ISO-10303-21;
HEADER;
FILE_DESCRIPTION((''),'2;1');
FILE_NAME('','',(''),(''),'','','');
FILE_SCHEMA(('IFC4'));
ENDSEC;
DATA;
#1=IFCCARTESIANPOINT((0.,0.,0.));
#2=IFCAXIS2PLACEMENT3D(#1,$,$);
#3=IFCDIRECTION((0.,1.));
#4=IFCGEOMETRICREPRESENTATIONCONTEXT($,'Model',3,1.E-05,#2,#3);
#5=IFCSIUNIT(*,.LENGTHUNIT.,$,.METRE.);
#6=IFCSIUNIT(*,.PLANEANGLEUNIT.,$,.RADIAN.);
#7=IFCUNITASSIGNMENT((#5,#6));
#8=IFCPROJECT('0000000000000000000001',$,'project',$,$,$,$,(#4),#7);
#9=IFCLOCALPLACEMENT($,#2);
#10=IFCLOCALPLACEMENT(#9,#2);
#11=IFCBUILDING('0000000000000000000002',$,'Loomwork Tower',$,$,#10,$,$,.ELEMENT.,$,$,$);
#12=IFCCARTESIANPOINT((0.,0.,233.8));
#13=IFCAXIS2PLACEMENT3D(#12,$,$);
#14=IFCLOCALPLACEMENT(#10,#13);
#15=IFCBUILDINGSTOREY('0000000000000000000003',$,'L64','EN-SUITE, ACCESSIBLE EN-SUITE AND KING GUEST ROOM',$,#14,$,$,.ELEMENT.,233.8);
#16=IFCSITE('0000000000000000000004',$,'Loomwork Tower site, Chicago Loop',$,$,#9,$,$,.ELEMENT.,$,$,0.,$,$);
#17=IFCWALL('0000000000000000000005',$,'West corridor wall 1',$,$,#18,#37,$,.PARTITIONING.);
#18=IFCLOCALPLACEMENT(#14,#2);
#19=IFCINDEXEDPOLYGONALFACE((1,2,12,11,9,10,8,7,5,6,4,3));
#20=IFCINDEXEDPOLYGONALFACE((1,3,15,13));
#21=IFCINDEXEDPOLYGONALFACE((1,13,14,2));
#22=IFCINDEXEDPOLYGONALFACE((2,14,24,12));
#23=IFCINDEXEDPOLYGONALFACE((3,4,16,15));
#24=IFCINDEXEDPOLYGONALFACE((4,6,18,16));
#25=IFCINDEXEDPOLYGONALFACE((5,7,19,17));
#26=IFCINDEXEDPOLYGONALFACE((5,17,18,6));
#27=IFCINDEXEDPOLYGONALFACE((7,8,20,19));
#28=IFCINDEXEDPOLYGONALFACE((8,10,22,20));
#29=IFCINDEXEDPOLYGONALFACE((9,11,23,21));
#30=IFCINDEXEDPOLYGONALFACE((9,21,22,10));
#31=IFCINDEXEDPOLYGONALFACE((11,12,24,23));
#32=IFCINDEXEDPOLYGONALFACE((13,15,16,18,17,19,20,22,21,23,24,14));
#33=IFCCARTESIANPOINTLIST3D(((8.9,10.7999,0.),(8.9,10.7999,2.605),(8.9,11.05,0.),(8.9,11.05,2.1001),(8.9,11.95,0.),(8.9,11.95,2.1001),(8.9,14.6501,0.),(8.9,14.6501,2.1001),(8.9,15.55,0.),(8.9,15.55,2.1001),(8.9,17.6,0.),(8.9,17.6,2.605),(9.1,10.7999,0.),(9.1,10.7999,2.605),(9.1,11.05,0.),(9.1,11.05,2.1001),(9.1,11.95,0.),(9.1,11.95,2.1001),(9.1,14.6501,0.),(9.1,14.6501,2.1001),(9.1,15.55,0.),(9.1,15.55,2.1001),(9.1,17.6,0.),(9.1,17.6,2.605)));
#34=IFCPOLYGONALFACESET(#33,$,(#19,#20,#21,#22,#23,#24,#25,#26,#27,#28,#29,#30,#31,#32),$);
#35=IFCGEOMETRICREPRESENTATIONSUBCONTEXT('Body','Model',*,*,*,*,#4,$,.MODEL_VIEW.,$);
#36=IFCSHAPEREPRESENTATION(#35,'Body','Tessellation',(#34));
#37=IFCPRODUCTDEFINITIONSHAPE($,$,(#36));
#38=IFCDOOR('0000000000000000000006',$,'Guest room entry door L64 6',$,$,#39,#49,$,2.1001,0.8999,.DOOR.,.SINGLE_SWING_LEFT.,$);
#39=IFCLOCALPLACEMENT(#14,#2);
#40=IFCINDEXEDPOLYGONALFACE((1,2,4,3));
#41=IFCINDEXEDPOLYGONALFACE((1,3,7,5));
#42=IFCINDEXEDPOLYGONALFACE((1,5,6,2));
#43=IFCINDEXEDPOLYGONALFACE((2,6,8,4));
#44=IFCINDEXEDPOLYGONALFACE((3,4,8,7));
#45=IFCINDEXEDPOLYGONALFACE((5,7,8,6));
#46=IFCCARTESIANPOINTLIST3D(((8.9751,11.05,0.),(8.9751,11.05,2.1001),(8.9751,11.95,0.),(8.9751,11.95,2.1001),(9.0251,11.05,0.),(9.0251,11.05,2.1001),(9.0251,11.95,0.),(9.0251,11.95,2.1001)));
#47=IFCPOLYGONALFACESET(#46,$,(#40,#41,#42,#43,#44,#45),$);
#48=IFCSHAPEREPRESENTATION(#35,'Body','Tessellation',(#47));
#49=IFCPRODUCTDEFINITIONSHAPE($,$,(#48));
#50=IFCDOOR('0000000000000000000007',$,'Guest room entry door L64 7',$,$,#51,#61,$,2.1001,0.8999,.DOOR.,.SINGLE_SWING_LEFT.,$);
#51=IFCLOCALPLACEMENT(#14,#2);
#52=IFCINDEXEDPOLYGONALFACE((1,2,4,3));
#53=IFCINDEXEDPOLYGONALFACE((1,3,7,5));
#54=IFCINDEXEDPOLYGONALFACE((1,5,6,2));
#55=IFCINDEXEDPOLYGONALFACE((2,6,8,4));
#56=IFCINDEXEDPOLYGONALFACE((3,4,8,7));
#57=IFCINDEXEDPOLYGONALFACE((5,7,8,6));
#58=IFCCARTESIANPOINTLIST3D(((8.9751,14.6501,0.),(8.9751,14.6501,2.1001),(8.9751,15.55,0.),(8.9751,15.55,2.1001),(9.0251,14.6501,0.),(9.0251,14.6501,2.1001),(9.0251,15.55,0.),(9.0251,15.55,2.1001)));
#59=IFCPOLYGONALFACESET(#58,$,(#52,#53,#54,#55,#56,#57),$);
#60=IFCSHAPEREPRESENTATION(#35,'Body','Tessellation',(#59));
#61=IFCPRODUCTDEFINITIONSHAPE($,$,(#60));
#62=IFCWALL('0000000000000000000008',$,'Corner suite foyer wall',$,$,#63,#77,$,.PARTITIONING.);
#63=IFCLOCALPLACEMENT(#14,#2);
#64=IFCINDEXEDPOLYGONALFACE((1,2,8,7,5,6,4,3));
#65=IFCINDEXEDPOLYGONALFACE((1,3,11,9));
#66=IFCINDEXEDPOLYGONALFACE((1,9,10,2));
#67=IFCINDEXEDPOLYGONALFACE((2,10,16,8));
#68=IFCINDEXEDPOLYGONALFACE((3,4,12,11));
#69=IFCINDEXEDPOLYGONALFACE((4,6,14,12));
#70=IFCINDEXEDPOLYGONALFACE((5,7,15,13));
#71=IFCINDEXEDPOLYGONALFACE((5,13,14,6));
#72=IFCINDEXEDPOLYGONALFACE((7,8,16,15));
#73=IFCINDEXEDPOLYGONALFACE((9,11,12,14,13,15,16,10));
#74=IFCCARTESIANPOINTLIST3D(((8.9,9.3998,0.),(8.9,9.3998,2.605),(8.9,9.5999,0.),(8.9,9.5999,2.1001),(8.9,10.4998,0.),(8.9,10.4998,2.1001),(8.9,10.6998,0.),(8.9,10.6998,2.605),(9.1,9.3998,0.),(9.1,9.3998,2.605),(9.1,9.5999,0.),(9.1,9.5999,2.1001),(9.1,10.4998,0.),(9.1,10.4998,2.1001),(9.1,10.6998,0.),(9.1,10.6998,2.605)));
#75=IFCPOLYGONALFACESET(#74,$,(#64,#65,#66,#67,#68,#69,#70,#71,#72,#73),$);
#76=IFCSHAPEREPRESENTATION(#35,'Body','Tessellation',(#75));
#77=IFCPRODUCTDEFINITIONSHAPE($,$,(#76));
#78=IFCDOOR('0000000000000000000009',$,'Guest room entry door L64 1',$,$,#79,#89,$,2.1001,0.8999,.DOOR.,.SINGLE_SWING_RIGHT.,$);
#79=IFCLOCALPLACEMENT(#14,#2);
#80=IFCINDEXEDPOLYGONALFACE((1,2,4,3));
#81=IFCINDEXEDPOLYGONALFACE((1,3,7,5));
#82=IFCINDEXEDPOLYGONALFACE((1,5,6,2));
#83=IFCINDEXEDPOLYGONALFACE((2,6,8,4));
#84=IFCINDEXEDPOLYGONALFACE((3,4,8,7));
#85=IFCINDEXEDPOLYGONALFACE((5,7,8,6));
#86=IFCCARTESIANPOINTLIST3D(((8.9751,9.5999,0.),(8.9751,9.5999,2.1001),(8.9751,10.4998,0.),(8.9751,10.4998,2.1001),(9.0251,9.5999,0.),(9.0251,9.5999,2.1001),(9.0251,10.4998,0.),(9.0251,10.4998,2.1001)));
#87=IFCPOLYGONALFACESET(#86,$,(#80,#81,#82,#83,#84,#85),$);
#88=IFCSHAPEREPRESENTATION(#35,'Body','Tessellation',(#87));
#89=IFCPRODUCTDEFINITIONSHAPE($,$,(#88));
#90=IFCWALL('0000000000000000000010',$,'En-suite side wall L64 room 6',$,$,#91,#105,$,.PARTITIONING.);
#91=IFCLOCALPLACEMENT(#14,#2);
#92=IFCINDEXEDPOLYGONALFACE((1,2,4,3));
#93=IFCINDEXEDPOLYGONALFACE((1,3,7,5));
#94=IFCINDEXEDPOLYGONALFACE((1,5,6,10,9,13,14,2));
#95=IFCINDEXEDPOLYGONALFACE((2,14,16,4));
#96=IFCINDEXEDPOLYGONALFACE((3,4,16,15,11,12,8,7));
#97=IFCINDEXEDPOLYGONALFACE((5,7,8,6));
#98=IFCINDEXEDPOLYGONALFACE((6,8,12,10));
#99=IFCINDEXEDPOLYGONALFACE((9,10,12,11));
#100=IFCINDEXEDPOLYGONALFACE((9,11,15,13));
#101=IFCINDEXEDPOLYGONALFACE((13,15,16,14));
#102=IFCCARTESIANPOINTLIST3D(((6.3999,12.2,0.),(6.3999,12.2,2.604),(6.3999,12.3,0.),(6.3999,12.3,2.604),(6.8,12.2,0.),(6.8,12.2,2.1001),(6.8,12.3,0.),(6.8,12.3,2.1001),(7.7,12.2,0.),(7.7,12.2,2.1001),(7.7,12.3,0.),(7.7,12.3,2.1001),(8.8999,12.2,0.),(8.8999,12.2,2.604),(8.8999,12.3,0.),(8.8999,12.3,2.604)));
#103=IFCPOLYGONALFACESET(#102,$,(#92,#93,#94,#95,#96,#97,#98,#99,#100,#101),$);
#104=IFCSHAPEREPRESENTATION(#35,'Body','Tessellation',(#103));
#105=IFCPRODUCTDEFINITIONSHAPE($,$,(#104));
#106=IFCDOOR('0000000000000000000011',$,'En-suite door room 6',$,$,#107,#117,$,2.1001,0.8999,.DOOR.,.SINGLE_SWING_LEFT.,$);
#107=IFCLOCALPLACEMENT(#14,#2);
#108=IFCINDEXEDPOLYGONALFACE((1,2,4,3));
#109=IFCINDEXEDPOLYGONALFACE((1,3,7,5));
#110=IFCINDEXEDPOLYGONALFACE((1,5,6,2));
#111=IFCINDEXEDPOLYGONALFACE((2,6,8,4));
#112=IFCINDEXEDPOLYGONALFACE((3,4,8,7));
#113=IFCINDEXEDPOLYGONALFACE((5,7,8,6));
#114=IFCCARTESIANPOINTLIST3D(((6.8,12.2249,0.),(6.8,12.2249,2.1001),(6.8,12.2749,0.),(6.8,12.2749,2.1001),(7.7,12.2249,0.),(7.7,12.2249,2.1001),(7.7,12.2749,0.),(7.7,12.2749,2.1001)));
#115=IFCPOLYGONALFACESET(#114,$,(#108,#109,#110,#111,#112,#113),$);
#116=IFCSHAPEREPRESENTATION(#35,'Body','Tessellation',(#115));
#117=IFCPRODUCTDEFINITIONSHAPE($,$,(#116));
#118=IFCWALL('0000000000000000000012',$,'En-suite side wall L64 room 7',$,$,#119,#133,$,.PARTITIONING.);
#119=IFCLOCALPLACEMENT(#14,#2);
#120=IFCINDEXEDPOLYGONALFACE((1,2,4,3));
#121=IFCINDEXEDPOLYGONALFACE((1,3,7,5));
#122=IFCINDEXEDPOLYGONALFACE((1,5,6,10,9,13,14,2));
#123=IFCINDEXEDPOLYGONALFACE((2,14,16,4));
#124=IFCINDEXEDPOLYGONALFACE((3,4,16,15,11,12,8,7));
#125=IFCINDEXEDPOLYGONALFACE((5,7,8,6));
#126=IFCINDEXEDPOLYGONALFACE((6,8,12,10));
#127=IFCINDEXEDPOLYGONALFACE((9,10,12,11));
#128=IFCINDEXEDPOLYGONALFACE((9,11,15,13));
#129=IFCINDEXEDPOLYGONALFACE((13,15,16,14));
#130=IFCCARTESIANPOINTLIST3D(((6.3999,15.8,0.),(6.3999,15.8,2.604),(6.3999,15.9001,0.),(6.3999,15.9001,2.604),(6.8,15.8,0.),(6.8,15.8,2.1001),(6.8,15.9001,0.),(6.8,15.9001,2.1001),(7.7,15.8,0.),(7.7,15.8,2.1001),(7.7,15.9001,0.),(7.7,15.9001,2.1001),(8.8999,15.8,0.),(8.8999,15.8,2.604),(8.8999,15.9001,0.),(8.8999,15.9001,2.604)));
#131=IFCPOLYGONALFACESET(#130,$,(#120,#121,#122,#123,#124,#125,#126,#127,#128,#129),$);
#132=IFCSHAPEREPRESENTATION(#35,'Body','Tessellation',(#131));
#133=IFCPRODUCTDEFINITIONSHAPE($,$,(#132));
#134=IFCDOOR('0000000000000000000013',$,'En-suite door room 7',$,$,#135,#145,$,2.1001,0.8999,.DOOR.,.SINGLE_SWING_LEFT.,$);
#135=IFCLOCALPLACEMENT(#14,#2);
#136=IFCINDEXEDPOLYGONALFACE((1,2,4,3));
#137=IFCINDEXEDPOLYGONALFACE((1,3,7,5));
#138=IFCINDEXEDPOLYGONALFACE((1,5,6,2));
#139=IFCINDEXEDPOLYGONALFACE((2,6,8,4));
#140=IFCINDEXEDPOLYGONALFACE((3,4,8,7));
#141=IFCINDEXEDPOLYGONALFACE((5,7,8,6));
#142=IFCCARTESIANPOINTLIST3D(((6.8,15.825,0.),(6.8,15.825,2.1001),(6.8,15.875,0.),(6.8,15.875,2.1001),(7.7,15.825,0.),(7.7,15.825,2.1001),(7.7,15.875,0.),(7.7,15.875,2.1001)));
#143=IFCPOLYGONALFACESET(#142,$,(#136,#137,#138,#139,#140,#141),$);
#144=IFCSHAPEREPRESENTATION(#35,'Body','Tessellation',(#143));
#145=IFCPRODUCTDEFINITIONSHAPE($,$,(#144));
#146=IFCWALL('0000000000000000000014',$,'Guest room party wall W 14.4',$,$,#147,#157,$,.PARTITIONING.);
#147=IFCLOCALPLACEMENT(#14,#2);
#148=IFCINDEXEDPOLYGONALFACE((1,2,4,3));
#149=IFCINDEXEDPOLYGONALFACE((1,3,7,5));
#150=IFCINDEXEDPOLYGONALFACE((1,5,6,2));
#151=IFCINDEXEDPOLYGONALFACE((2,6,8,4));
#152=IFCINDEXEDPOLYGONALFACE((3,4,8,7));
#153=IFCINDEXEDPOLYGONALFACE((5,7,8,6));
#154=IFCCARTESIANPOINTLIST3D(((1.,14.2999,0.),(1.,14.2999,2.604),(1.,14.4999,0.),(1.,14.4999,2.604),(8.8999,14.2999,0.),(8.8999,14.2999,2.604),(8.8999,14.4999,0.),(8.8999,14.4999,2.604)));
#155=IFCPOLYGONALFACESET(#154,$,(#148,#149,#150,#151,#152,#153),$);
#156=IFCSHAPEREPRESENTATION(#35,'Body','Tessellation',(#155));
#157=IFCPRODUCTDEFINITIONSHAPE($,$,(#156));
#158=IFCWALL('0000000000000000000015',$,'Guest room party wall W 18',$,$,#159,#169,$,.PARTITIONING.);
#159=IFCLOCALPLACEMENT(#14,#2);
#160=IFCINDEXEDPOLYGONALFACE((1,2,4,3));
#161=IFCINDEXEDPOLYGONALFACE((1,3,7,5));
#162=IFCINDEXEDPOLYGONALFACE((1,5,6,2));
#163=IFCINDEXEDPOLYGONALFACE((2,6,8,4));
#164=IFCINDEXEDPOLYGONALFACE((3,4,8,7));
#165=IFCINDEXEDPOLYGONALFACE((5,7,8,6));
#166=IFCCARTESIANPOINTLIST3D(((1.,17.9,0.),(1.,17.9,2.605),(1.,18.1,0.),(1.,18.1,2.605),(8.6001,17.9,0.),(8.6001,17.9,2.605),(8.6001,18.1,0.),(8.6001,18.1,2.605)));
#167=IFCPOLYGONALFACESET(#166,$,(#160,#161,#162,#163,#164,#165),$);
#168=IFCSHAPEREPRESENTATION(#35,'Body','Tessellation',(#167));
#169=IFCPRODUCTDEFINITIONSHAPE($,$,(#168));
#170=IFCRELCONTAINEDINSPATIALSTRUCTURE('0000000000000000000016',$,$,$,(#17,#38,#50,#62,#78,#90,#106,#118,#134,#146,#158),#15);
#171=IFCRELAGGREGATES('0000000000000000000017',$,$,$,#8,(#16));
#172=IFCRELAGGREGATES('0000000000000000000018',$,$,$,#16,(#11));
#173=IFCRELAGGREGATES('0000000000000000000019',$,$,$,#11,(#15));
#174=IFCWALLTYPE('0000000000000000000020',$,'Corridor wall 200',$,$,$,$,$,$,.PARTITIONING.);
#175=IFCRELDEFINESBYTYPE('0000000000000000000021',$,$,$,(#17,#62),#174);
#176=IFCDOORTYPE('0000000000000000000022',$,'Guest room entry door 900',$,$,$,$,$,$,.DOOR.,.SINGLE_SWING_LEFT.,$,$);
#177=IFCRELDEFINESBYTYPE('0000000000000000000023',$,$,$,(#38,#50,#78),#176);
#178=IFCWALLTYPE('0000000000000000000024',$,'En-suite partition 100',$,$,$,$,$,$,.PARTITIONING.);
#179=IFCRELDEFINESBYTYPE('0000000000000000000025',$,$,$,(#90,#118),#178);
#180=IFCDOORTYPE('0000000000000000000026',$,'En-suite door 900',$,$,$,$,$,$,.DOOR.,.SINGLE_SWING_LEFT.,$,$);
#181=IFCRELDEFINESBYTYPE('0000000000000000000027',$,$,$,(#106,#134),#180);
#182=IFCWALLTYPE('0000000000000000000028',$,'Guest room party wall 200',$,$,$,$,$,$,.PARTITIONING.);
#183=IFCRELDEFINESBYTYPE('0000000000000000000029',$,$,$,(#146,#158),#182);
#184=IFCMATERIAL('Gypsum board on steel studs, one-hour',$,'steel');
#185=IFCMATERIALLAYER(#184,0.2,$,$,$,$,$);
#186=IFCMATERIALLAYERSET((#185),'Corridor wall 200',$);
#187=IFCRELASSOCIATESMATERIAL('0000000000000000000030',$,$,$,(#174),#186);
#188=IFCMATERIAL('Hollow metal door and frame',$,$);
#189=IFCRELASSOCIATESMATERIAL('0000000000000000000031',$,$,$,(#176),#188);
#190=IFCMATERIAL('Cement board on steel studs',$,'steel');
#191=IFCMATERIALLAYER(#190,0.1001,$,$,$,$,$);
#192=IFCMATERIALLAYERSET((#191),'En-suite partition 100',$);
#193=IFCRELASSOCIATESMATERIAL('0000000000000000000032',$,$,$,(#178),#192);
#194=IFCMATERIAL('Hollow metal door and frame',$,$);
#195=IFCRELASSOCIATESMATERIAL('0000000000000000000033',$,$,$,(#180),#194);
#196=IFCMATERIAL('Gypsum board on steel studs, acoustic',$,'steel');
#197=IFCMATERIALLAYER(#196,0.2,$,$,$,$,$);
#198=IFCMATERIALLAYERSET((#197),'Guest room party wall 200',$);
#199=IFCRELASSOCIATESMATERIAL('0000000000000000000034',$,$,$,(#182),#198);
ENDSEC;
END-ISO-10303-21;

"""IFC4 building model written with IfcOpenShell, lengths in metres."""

from ifc_helpers import new_model, si_unit, direction, frame, frame_2d, origin, place, context, subcontext, project, spatial, rectangle, extrude, material, layer, layer_set, type_object, element, fill, save


model = new_model("IFC4")

# Units and contexts
model_context = context("Model", 3, precision=1e-05, world=origin(), true_north=direction((0.0, 1.0)))
body_context = subcontext(model_context, "Body", "Model", "MODEL_VIEW")
ifc_project = project(units=[si_unit("LENGTHUNIT", "METRE"), si_unit("PLANEANGLEUNIT", "RADIAN")], contexts=[model_context])

# Site, building, storey
site_placement = place(None, origin())
site = spatial("IfcSite", under=ifc_project, at=site_placement, Name="Loomwork Tower site, Chicago Loop", CompositionType="ELEMENT", RefElevation=0.0)
building_placement = place(site_placement, origin())
building = spatial("IfcBuilding", under=site, at=building_placement, Name="Loomwork Tower", CompositionType="ELEMENT")
storey_placement = place(building_placement, frame((0.0, 0.0, 233.8)))
storey = spatial("IfcBuildingStorey", under=building, at=storey_placement, Name="L64", Description="EN-SUITE, ACCESSIBLE EN-SUITE AND KING GUEST ROOM", CompositionType="ELEMENT", Elevation=233.8)

# Wall, openings, doors
ifc_material_1 = material(Name="Gypsum board on steel studs, one-hour", Category="steel")
ifc_layer_1 = layer(ifc_material_1, 0.2)
ifc_layer_set_1 = layer_set([ifc_layer_1], Name="Corridor wall 200")
wall_type_1 = type_object("IfcWallType", Name="Corridor wall 200", PredefinedType="PARTITIONING", material=ifc_layer_set_1)
wall_1_placement = place(storey_placement, frame((9.0, 10.8, 0.0), z_axis=(0.0, 0.0, 1.0), x_axis=(0.0, 1.0, 0.0)))
wall_1 = element("IfcWall", 1, at=wall_1_placement, inside=storey, type_object=wall_type_1, Name="West corridor wall 1", PredefinedType="PARTITIONING", context=body_context, shape_type="SweptSolid", body=[
    extrude(rectangle(XDim=6.8, YDim=0.2, at=frame_2d((3.3999, 0.0))), origin(), (0.0, 0.0, 1.0), 2.605),
])
opening_1_placement = place(wall_1_placement, frame((0.25, 0.0, 0.0)))
opening_1 = element("IfcOpeningElement", 2, at=opening_1_placement, cuts=wall_1, PredefinedType="OPENING", context=body_context, shape_type="SweptSolid", body=[
    extrude(rectangle(XDim=0.8999, YDim=2.1001, at=frame_2d((0.45, 1.05))), frame((0.0, 0.1099, 0.0), z_axis=(0.0, -1.0, 0.0), x_axis=(1.0, 0.0, 0.0)), (0.0, 0.0, 1.0), 0.22),
])
opening_2_placement = place(wall_1_placement, frame((3.8501, 0.0, 0.0)))
opening_2 = element("IfcOpeningElement", 3, at=opening_2_placement, cuts=wall_1, PredefinedType="OPENING", context=body_context, shape_type="SweptSolid", body=[
    extrude(rectangle(XDim=0.8999, YDim=2.1001, at=frame_2d((0.45, 1.05))), frame((0.0, 0.1099, 0.0), z_axis=(0.0, -1.0, 0.0), x_axis=(1.0, 0.0, 0.0)), (0.0, 0.0, 1.0), 0.22),
])
ifc_material_2 = material(Name="Hollow metal door and frame")
door_type_1 = type_object("IfcDoorType", Name="Guest room entry door 900", OperationType="SINGLE_SWING_LEFT", PredefinedType="DOOR", material=ifc_material_2)
door_1_placement = place(opening_1_placement, origin())
door_1 = element("IfcDoor", 4, at=door_1_placement, inside=storey, type_object=door_type_1, Name="Guest room entry door L64 6", OperationType="SINGLE_SWING_LEFT", OverallHeight=2.1001, OverallWidth=0.8999, PredefinedType="DOOR", context=body_context, shape_type="SweptSolid", body=[
    extrude(rectangle(XDim=0.8999, YDim=2.1001, at=frame_2d((0.45, 1.05))), frame((0.0, 0.0249, 0.0), z_axis=(0.0, -1.0, 0.0), x_axis=(1.0, 0.0, 0.0)), (0.0, 0.0, 1.0), 0.05),
])
fill(opening_1, door_1)
door_2_placement = place(opening_2_placement, origin())
door_2 = element("IfcDoor", 5, at=door_2_placement, inside=storey, type_object=door_type_1, Name="Guest room entry door L64 7", OperationType="SINGLE_SWING_LEFT", OverallHeight=2.1001, OverallWidth=0.8999, PredefinedType="DOOR", context=body_context, shape_type="SweptSolid", body=[
    extrude(rectangle(XDim=0.8999, YDim=2.1001, at=frame_2d((0.45, 1.05))), frame((0.0, 0.0249, 0.0), z_axis=(0.0, -1.0, 0.0), x_axis=(1.0, 0.0, 0.0)), (0.0, 0.0, 1.0), 0.05),
])
fill(opening_2, door_2)

# Walls, openings, doors
wall_2_placement = place(storey_placement, frame((9.0, 9.3999, 0.0), z_axis=(0.0, 0.0, 1.0), x_axis=(0.0, 1.0, 0.0)))
wall_2 = element("IfcWall", 6, at=wall_2_placement, inside=storey, type_object=wall_type_1, Name="Corner suite foyer wall", PredefinedType="PARTITIONING", context=body_context, shape_type="SweptSolid", body=[
    extrude(rectangle(XDim=1.3, YDim=0.2, at=frame_2d((0.6499, 0.0))), origin(), (0.0, 0.0, 1.0), 2.605),
])
opening_3_placement = place(wall_2_placement, frame((0.2, 0.0, 0.0)))
opening_3 = element("IfcOpeningElement", 7, at=opening_3_placement, cuts=wall_2, PredefinedType="OPENING", context=body_context, shape_type="SweptSolid", body=[
    extrude(rectangle(XDim=0.8999, YDim=2.1001, at=frame_2d((0.45, 1.05))), frame((0.0, 0.1099, 0.0), z_axis=(0.0, -1.0, 0.0), x_axis=(1.0, 0.0, 0.0)), (0.0, 0.0, 1.0), 0.22),
])
door_3_placement = place(opening_3_placement, origin())
door_3 = element("IfcDoor", 8, at=door_3_placement, inside=storey, type_object=door_type_1, Name="Guest room entry door L64 1", OperationType="SINGLE_SWING_RIGHT", OverallHeight=2.1001, OverallWidth=0.8999, PredefinedType="DOOR", context=body_context, shape_type="SweptSolid", body=[
    extrude(rectangle(XDim=0.8999, YDim=2.1001, at=frame_2d((0.45, 1.05))), frame((0.0, 0.0249, 0.0), z_axis=(0.0, -1.0, 0.0), x_axis=(1.0, 0.0, 0.0)), (0.0, 0.0, 1.0), 0.05),
])
fill(opening_3, door_3)
ifc_material_3 = material(Name="Cement board on steel studs", Category="steel")
ifc_layer_2 = layer(ifc_material_3, 0.1001)
ifc_layer_set_2 = layer_set([ifc_layer_2], Name="En-suite partition 100")
wall_type_2 = type_object("IfcWallType", Name="En-suite partition 100", PredefinedType="PARTITIONING", material=ifc_layer_set_2)
wall_3_placement = place(storey_placement, frame((8.8999, 12.25, 0.0), z_axis=(0.0, 0.0, 1.0), x_axis=(-1.0, 0.0, 0.0)))
wall_3 = element("IfcWall", 9, at=wall_3_placement, inside=storey, type_object=wall_type_2, Name="En-suite side wall L64 room 6", PredefinedType="PARTITIONING", context=body_context, shape_type="SweptSolid", body=[
    extrude(rectangle(XDim=2.5, YDim=0.1001, at=frame_2d((1.25, 0.0))), origin(), (0.0, 0.0, 1.0), 2.604),
])
opening_4_placement = place(wall_3_placement, frame((1.2, 0.0, 0.0)))
opening_4 = element("IfcOpeningElement", 10, at=opening_4_placement, cuts=wall_3, PredefinedType="OPENING", context=body_context, shape_type="SweptSolid", body=[
    extrude(rectangle(XDim=0.8999, YDim=2.1001, at=frame_2d((0.45, 1.05))), frame((0.0, 0.0601, 0.0), z_axis=(0.0, -1.0, 0.0), x_axis=(1.0, 0.0, 0.0)), (0.0, 0.0, 1.0), 0.1201),
])
ifc_material_4 = material(Name="Hollow metal door and frame")
door_type_2 = type_object("IfcDoorType", Name="En-suite door 900", OperationType="SINGLE_SWING_LEFT", PredefinedType="DOOR", material=ifc_material_4)
door_4_placement = place(opening_4_placement, frame((0.8999, 0.0, 0.0), z_axis=(0.0, 0.0, 1.0), x_axis=(-1.0, 0.0, 0.0)))
door_4 = element("IfcDoor", 11, at=door_4_placement, inside=storey, type_object=door_type_2, Name="En-suite door room 6", OperationType="SINGLE_SWING_LEFT", OverallHeight=2.1001, OverallWidth=0.8999, PredefinedType="DOOR", context=body_context, shape_type="SweptSolid", body=[
    extrude(rectangle(XDim=0.8999, YDim=2.1001, at=frame_2d((0.45, 1.05))), frame((0.0, 0.0249, 0.0), z_axis=(0.0, -1.0, 0.0), x_axis=(1.0, 0.0, 0.0)), (0.0, 0.0, 1.0), 0.05),
])
fill(opening_4, door_4)
wall_4_placement = place(storey_placement, frame((8.8999, 15.8501, 0.0), z_axis=(0.0, 0.0, 1.0), x_axis=(-1.0, 0.0, 0.0)))
wall_4 = element("IfcWall", 12, at=wall_4_placement, inside=storey, type_object=wall_type_2, Name="En-suite side wall L64 room 7", PredefinedType="PARTITIONING", context=body_context, shape_type="SweptSolid", body=[
    extrude(rectangle(XDim=2.5, YDim=0.1001, at=frame_2d((1.25, 0.0))), origin(), (0.0, 0.0, 1.0), 2.604),
])
opening_5_placement = place(wall_4_placement, frame((1.2, 0.0, 0.0)))
opening_5 = element("IfcOpeningElement", 13, at=opening_5_placement, cuts=wall_4, PredefinedType="OPENING", context=body_context, shape_type="SweptSolid", body=[
    extrude(rectangle(XDim=0.8999, YDim=2.1001, at=frame_2d((0.45, 1.05))), frame((0.0, 0.0601, 0.0), z_axis=(0.0, -1.0, 0.0), x_axis=(1.0, 0.0, 0.0)), (0.0, 0.0, 1.0), 0.1201),
])
door_5_placement = place(opening_5_placement, frame((0.8999, 0.0, 0.0), z_axis=(0.0, 0.0, 1.0), x_axis=(-1.0, 0.0, 0.0)))
door_5 = element("IfcDoor", 14, at=door_5_placement, inside=storey, type_object=door_type_2, Name="En-suite door room 7", OperationType="SINGLE_SWING_LEFT", OverallHeight=2.1001, OverallWidth=0.8999, PredefinedType="DOOR", context=body_context, shape_type="SweptSolid", body=[
    extrude(rectangle(XDim=0.8999, YDim=2.1001, at=frame_2d((0.45, 1.05))), frame((0.0, 0.0249, 0.0), z_axis=(0.0, -1.0, 0.0), x_axis=(1.0, 0.0, 0.0)), (0.0, 0.0, 1.0), 0.05),
])
fill(opening_5, door_5)

# Walls
ifc_material_5 = material(Name="Gypsum board on steel studs, acoustic", Category="steel")
ifc_layer_3 = layer(ifc_material_5, 0.2)
ifc_layer_set_3 = layer_set([ifc_layer_3], Name="Guest room party wall 200")
wall_type_3 = type_object("IfcWallType", Name="Guest room party wall 200", PredefinedType="PARTITIONING", material=ifc_layer_set_3)
wall_5_placement = place(storey_placement, frame((8.8999, 14.3999, 0.0), z_axis=(0.0, 0.0, 1.0), x_axis=(-1.0, 0.0, 0.0)))
element("IfcWall", 15, at=wall_5_placement, inside=storey, type_object=wall_type_3, Name="Guest room party wall W 14.4", PredefinedType="PARTITIONING", context=body_context, shape_type="SweptSolid", body=[
    extrude(rectangle(XDim=7.8999, YDim=0.2, at=frame_2d((3.95, 0.0))), origin(), (0.0, 0.0, 1.0), 2.604),
])
wall_6_placement = place(storey_placement, frame((8.6001, 18.0, 0.0), z_axis=(0.0, 0.0, 1.0), x_axis=(-1.0, 0.0, 0.0)))
element("IfcWall", 16, at=wall_6_placement, inside=storey, type_object=wall_type_3, Name="Guest room party wall W 18", PredefinedType="PARTITIONING", context=body_context, shape_type="SweptSolid", body=[
    extrude(rectangle(XDim=7.6001, YDim=0.2, at=frame_2d((3.8, 0.0))), origin(), (0.0, 0.0, 1.0), 2.605),
])

save(model, "model.ifc")
